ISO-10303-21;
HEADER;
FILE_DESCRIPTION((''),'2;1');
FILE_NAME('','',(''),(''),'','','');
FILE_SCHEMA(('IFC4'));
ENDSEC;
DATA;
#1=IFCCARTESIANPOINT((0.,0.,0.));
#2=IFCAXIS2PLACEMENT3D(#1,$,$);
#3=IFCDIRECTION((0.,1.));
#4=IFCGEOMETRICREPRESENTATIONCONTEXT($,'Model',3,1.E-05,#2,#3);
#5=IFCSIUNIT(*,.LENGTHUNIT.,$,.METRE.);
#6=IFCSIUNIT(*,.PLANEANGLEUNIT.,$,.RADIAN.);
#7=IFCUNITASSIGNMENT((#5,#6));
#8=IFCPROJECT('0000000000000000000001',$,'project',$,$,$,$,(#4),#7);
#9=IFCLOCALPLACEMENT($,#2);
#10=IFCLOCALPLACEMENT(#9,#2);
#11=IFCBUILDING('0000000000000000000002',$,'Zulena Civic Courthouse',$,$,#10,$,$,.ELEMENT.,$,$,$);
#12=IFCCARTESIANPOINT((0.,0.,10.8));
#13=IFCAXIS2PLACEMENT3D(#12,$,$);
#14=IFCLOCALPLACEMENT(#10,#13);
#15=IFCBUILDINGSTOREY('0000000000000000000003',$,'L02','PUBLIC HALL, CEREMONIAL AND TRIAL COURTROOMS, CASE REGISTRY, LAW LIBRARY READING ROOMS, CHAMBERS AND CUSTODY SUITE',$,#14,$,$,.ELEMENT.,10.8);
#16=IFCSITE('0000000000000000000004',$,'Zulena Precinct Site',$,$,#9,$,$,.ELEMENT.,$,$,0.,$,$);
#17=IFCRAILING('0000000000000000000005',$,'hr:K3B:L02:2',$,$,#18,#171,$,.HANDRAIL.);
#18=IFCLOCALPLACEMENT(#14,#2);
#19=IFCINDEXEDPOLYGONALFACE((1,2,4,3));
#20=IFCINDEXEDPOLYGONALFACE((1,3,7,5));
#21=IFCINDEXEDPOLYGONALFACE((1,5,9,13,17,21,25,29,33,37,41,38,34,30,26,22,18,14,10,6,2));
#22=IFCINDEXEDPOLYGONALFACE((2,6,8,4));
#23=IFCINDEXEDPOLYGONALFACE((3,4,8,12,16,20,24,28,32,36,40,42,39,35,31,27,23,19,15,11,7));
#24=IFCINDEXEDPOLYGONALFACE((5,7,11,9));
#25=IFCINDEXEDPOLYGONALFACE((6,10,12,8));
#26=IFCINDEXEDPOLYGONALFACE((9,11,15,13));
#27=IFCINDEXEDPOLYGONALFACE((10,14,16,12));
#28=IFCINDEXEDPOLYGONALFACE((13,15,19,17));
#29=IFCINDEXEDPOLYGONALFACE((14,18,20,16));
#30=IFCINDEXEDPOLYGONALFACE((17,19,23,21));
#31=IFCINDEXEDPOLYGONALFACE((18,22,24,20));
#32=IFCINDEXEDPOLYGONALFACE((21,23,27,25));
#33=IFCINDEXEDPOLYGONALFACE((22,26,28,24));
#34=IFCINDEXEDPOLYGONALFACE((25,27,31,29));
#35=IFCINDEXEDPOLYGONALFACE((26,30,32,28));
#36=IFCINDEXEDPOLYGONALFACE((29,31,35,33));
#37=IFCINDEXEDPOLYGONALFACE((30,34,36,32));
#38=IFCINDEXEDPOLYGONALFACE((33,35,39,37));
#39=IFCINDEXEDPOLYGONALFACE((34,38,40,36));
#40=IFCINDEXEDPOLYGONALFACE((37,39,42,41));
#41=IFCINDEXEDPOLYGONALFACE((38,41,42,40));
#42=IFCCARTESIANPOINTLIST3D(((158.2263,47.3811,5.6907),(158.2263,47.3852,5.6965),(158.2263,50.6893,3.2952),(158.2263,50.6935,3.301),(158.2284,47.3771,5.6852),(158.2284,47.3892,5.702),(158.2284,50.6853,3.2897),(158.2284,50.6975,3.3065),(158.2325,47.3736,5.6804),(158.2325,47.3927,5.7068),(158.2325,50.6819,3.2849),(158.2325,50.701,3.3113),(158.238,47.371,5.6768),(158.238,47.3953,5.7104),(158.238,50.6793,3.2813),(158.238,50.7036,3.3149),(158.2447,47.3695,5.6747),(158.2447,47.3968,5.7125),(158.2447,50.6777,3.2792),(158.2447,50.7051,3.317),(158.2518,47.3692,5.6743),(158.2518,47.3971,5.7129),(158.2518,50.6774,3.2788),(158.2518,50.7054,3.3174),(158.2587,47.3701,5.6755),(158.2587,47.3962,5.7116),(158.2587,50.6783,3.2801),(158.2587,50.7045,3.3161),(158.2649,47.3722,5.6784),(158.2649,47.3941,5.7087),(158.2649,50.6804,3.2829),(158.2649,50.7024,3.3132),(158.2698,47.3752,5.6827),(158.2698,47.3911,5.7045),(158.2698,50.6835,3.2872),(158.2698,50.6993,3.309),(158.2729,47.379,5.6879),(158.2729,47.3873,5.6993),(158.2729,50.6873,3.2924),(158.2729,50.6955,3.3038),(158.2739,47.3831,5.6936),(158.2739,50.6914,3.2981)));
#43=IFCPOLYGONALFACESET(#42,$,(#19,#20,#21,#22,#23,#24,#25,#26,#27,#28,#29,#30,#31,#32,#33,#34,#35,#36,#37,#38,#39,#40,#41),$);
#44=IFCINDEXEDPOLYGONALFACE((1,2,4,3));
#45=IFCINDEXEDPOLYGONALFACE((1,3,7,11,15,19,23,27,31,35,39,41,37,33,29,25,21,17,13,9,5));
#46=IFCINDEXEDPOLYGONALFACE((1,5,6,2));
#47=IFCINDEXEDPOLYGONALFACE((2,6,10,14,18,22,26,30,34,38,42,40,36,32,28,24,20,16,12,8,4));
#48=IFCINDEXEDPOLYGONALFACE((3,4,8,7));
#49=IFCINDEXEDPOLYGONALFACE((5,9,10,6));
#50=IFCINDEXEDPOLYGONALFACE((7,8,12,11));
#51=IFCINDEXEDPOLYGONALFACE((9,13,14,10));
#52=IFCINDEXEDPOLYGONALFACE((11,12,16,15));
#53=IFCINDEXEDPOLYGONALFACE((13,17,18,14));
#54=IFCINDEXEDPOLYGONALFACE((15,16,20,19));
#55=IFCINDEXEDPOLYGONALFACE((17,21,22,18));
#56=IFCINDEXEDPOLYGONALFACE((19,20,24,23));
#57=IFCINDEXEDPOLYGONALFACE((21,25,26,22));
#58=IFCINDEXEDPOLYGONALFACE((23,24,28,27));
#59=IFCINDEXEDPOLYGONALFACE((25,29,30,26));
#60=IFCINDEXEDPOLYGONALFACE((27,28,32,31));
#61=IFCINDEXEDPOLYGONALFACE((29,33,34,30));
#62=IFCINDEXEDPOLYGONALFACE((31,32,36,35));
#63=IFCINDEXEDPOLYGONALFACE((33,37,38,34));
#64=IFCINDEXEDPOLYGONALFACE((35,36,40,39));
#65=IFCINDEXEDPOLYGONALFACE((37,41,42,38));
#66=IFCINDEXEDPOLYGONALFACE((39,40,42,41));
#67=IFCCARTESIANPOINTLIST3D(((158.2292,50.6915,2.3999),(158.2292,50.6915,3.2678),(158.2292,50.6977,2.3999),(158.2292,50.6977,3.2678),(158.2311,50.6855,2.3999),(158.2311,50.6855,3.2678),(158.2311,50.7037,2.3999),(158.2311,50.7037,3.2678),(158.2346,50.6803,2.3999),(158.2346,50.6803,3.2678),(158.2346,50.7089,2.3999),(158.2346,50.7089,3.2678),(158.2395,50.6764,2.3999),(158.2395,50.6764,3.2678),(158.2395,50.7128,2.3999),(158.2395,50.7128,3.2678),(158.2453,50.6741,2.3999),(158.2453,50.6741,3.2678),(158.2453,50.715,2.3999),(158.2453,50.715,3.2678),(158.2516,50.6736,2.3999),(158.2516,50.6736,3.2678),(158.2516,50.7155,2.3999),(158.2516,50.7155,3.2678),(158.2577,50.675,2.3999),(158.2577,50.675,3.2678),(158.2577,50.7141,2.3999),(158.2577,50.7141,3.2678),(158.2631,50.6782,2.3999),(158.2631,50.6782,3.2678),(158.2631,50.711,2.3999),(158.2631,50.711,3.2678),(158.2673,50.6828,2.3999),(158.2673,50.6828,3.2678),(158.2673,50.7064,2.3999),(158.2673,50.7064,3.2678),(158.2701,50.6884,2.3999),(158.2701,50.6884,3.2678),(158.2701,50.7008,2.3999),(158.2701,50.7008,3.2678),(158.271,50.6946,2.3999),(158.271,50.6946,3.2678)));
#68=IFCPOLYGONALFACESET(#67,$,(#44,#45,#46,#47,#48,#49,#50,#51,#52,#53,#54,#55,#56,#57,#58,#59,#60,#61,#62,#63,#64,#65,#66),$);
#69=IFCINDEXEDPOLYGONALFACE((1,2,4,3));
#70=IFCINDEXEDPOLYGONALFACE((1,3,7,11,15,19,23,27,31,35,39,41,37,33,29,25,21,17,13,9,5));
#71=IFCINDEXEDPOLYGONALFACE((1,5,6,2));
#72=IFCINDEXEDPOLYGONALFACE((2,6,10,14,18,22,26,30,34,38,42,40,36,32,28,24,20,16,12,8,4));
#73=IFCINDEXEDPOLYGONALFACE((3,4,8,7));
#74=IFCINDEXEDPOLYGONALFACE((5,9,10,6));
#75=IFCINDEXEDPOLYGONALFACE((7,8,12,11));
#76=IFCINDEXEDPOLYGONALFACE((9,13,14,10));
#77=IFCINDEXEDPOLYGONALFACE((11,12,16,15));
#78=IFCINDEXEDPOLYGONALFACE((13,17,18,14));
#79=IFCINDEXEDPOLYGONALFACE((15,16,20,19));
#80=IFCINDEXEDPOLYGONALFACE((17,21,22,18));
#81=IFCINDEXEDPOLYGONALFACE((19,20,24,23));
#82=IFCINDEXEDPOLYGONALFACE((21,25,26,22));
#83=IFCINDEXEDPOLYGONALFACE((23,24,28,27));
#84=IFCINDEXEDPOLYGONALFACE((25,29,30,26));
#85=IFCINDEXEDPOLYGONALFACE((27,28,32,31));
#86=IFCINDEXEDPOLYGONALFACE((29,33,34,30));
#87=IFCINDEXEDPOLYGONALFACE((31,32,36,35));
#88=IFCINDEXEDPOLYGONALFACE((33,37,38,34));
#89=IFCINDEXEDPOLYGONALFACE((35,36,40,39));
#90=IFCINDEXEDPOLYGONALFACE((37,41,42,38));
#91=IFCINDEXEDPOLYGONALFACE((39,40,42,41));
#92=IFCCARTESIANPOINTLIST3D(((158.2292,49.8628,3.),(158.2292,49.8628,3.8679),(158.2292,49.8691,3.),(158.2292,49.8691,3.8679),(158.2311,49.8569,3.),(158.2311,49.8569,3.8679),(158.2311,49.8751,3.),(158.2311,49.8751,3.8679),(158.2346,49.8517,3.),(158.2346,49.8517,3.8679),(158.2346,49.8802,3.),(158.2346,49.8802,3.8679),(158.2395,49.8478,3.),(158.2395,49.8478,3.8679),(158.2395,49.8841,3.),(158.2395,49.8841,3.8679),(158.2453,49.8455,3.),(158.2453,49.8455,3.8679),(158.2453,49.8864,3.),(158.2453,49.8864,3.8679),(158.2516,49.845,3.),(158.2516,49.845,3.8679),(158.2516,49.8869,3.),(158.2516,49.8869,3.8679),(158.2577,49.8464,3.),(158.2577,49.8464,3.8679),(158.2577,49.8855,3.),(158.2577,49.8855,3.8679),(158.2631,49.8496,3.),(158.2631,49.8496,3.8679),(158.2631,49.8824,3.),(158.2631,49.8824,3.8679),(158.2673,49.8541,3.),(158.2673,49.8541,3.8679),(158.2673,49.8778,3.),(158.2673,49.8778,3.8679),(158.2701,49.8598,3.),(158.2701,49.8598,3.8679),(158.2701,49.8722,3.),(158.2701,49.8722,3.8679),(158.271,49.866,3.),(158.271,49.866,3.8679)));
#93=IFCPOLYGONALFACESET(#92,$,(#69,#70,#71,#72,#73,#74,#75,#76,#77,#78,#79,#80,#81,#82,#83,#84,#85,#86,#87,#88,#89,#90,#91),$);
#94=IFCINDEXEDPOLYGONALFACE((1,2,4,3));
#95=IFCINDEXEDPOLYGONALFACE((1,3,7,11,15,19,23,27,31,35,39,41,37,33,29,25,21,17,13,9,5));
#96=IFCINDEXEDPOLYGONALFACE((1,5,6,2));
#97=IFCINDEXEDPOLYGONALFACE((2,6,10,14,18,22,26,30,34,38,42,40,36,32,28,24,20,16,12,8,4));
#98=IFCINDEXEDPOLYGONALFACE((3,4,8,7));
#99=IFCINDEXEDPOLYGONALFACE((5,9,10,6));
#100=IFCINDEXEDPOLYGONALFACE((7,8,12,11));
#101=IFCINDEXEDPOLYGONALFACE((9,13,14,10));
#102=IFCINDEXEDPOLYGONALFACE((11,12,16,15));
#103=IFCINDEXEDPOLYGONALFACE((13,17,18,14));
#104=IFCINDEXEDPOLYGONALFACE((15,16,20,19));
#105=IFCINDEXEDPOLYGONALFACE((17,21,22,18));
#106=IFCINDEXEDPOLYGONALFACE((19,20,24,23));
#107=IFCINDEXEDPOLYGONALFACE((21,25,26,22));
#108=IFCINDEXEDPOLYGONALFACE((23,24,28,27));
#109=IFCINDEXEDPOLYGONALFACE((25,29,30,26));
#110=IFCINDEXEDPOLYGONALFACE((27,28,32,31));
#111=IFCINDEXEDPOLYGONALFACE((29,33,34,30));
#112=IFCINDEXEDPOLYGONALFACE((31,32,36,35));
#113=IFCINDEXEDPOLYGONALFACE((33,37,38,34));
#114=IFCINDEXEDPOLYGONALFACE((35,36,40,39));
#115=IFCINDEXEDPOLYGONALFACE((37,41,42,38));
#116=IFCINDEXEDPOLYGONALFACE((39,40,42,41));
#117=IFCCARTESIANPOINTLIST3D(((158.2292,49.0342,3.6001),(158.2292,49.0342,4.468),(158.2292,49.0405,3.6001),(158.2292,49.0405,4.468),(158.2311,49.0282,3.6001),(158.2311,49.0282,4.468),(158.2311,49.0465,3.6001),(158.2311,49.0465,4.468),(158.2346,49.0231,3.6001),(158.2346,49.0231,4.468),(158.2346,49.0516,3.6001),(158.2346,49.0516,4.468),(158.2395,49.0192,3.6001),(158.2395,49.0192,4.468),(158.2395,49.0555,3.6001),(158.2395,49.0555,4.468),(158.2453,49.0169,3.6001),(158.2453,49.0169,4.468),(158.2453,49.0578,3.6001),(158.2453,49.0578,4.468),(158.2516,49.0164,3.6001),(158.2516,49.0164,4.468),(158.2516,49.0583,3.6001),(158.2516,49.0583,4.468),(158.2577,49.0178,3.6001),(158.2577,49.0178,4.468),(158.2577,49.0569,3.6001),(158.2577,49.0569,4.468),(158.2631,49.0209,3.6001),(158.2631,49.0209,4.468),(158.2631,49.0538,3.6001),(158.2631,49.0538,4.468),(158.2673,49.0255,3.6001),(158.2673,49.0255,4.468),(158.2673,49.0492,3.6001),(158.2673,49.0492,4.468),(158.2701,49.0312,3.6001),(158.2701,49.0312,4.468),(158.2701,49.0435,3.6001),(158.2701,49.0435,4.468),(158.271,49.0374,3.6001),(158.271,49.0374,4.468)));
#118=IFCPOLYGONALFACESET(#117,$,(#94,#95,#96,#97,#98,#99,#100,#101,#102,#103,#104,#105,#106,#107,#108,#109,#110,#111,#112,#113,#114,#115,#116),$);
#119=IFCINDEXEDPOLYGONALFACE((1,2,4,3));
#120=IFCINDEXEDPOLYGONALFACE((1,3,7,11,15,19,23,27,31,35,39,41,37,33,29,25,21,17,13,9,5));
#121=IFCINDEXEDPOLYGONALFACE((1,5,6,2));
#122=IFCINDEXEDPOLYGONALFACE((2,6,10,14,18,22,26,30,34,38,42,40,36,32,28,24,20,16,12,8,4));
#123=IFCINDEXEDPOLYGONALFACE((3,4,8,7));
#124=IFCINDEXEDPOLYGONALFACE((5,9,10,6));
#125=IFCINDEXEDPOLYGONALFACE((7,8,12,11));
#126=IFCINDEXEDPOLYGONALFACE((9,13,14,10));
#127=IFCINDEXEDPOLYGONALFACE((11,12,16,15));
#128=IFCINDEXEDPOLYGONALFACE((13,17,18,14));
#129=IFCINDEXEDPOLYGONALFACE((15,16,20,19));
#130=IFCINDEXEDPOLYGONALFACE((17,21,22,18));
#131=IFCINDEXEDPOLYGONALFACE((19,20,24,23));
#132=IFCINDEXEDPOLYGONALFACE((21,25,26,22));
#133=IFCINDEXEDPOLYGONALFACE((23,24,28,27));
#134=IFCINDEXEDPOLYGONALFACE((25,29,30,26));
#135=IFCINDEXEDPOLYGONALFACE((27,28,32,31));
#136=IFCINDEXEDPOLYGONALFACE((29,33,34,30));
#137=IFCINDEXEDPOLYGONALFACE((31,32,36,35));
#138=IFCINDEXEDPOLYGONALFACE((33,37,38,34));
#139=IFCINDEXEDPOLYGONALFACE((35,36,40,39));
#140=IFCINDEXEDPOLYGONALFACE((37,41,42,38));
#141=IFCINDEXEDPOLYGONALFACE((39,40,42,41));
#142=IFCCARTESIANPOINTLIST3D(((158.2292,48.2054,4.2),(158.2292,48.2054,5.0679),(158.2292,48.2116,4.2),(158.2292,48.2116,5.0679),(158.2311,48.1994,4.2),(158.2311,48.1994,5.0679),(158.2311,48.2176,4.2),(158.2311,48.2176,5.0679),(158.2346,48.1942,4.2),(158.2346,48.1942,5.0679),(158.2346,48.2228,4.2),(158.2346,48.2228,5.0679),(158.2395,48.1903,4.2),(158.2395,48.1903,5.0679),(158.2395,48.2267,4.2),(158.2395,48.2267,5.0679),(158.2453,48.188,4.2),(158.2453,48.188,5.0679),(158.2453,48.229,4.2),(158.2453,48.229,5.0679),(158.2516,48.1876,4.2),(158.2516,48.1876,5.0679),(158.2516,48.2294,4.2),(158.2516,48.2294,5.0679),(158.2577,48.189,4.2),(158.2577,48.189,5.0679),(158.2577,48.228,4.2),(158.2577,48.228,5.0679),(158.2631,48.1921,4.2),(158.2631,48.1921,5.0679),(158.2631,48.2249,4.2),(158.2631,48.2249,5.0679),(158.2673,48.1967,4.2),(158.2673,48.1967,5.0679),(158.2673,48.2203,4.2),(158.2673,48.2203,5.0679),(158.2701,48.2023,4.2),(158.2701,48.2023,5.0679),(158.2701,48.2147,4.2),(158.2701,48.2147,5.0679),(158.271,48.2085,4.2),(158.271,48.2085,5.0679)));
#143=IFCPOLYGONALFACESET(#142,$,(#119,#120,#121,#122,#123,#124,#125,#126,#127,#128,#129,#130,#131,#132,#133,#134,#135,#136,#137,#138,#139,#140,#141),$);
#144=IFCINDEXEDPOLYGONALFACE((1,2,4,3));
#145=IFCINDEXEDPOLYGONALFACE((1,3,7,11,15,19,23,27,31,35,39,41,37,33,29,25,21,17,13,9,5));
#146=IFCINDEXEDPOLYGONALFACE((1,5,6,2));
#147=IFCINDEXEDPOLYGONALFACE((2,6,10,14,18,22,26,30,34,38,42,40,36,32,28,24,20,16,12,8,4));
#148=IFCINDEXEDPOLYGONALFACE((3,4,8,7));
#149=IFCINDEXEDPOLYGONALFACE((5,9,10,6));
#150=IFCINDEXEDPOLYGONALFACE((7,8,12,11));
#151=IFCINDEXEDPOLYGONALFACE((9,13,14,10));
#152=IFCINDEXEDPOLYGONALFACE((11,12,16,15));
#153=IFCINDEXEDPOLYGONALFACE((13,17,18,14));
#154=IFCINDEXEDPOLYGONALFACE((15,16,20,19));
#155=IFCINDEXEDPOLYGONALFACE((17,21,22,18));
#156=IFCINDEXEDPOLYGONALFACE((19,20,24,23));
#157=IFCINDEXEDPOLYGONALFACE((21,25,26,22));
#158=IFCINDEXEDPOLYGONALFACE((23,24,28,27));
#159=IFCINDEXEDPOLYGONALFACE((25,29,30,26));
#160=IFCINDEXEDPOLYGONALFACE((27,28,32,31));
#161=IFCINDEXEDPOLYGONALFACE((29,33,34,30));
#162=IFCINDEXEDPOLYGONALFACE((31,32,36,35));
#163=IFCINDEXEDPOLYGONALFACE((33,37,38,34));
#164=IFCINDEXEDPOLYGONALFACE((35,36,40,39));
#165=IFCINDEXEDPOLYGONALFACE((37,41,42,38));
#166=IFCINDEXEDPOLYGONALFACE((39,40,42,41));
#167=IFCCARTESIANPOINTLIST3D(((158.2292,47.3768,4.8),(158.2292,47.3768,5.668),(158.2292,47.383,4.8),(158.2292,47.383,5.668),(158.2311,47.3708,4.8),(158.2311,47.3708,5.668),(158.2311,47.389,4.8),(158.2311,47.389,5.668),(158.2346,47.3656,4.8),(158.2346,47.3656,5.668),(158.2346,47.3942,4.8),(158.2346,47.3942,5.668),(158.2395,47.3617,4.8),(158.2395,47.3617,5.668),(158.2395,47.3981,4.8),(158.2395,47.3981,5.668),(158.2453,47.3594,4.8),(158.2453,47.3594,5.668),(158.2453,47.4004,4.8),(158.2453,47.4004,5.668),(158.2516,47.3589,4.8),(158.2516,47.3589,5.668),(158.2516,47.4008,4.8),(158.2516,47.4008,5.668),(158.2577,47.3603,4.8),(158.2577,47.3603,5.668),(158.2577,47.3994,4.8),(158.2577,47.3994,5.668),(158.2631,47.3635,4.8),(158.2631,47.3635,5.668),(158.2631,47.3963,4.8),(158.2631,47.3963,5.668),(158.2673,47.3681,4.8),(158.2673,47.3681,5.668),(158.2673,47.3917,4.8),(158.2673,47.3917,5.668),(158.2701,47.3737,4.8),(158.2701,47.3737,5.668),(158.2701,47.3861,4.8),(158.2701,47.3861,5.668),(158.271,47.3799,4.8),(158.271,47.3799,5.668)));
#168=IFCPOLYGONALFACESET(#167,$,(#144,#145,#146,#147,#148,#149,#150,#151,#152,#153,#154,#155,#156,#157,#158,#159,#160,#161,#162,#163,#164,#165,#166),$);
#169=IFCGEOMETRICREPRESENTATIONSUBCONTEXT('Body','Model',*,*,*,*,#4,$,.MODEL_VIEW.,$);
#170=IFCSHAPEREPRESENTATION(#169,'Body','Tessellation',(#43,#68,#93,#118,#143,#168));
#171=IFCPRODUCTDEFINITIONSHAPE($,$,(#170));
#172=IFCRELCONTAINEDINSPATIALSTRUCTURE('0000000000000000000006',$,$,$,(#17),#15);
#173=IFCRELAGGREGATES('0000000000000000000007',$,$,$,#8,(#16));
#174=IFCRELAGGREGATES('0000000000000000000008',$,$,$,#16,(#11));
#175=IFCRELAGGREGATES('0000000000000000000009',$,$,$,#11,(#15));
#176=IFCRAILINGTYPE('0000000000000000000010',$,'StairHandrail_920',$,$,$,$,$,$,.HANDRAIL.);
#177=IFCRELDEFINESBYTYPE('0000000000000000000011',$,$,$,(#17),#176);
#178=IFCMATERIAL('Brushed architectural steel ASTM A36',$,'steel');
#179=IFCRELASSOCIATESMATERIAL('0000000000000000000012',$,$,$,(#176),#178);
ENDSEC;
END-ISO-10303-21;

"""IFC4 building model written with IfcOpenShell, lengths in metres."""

from ifc_helpers import new_model, si_unit, direction, frame, origin, origin_2d, place, context, subcontext, project, spatial, circle, extrude, material, type_object, element, save


model = new_model("IFC4")

# Units and contexts
model_context = context("Model", 3, precision=1e-05, world=origin(), true_north=direction((0.0, 1.0)))
body_context = subcontext(model_context, "Body", "Model", "MODEL_VIEW")
ifc_project = project(units=[si_unit("LENGTHUNIT", "METRE"), si_unit("PLANEANGLEUNIT", "RADIAN")], contexts=[model_context])

# Site, building, storey
site_placement = place(None, origin())
site = spatial("IfcSite", under=ifc_project, at=site_placement, Name="Zulena Precinct Site", CompositionType="ELEMENT", RefElevation=0.0)
building_placement = place(site_placement, origin())
building = spatial("IfcBuilding", under=site, at=building_placement, Name="Zulena Civic Courthouse", CompositionType="ELEMENT")
storey_placement = place(building_placement, frame((0.0, 0.0, 10.8)))
storey = spatial("IfcBuildingStorey", under=building, at=storey_placement, Name="L02", Description="PUBLIC HALL, CEREMONIAL AND TRIAL COURTROOMS, CASE REGISTRY, LAW LIBRARY READING ROOMS, CHAMBERS AND CUSTODY SUITE", CompositionType="ELEMENT", Elevation=10.8)

# Shared definitions
ifc_material_1 = material(Name="Brushed architectural steel ASTM A36", Category="steel")

# Railing
railing_type_1 = type_object("IfcRailingType", Name="StairHandrail_920", PredefinedType="HANDRAIL", material=ifc_material_1)
railing_1_placement = place(storey_placement, frame((158.25, 50.6946, 2.3999)))
element("IfcRailing", 1, at=railing_1_placement, inside=storey, type_object=railing_type_1, Name="hr:K3B:L02:2", PredefinedType="HANDRAIL", context=body_context, shape_type="SweptSolid", body=[
    extrude(circle(Radius=0.0239, at=origin_2d()), frame((0.0, -0.0032, 0.8982), z_axis=(0.0, -0.80996, 0.586486), x_axis=(1.0, 0.0, 0.0)), (0.0, 0.0, 1.0), 4.0845),
    extrude(circle(Radius=0.021, at=origin_2d()), origin(), (0.0, 0.0, 1.0), 0.8679),
    extrude(circle(Radius=0.021, at=origin_2d()), frame((0.0, -0.8286, 0.6001)), (0.0, 0.0, 1.0), 0.8679),
    extrude(circle(Radius=0.021, at=origin_2d()), frame((0.0, -1.6572, 1.2002)), (0.0, 0.0, 1.0), 0.8679),
    extrude(circle(Radius=0.021, at=origin_2d()), frame((0.0, -2.4861, 1.8)), (0.0, 0.0, 1.0), 0.8679),
    extrude(circle(Radius=0.021, at=origin_2d()), frame((0.0, -3.3147, 2.4001)), (0.0, 0.0, 1.0), 0.8679),
])

save(model, "model.ifc")
